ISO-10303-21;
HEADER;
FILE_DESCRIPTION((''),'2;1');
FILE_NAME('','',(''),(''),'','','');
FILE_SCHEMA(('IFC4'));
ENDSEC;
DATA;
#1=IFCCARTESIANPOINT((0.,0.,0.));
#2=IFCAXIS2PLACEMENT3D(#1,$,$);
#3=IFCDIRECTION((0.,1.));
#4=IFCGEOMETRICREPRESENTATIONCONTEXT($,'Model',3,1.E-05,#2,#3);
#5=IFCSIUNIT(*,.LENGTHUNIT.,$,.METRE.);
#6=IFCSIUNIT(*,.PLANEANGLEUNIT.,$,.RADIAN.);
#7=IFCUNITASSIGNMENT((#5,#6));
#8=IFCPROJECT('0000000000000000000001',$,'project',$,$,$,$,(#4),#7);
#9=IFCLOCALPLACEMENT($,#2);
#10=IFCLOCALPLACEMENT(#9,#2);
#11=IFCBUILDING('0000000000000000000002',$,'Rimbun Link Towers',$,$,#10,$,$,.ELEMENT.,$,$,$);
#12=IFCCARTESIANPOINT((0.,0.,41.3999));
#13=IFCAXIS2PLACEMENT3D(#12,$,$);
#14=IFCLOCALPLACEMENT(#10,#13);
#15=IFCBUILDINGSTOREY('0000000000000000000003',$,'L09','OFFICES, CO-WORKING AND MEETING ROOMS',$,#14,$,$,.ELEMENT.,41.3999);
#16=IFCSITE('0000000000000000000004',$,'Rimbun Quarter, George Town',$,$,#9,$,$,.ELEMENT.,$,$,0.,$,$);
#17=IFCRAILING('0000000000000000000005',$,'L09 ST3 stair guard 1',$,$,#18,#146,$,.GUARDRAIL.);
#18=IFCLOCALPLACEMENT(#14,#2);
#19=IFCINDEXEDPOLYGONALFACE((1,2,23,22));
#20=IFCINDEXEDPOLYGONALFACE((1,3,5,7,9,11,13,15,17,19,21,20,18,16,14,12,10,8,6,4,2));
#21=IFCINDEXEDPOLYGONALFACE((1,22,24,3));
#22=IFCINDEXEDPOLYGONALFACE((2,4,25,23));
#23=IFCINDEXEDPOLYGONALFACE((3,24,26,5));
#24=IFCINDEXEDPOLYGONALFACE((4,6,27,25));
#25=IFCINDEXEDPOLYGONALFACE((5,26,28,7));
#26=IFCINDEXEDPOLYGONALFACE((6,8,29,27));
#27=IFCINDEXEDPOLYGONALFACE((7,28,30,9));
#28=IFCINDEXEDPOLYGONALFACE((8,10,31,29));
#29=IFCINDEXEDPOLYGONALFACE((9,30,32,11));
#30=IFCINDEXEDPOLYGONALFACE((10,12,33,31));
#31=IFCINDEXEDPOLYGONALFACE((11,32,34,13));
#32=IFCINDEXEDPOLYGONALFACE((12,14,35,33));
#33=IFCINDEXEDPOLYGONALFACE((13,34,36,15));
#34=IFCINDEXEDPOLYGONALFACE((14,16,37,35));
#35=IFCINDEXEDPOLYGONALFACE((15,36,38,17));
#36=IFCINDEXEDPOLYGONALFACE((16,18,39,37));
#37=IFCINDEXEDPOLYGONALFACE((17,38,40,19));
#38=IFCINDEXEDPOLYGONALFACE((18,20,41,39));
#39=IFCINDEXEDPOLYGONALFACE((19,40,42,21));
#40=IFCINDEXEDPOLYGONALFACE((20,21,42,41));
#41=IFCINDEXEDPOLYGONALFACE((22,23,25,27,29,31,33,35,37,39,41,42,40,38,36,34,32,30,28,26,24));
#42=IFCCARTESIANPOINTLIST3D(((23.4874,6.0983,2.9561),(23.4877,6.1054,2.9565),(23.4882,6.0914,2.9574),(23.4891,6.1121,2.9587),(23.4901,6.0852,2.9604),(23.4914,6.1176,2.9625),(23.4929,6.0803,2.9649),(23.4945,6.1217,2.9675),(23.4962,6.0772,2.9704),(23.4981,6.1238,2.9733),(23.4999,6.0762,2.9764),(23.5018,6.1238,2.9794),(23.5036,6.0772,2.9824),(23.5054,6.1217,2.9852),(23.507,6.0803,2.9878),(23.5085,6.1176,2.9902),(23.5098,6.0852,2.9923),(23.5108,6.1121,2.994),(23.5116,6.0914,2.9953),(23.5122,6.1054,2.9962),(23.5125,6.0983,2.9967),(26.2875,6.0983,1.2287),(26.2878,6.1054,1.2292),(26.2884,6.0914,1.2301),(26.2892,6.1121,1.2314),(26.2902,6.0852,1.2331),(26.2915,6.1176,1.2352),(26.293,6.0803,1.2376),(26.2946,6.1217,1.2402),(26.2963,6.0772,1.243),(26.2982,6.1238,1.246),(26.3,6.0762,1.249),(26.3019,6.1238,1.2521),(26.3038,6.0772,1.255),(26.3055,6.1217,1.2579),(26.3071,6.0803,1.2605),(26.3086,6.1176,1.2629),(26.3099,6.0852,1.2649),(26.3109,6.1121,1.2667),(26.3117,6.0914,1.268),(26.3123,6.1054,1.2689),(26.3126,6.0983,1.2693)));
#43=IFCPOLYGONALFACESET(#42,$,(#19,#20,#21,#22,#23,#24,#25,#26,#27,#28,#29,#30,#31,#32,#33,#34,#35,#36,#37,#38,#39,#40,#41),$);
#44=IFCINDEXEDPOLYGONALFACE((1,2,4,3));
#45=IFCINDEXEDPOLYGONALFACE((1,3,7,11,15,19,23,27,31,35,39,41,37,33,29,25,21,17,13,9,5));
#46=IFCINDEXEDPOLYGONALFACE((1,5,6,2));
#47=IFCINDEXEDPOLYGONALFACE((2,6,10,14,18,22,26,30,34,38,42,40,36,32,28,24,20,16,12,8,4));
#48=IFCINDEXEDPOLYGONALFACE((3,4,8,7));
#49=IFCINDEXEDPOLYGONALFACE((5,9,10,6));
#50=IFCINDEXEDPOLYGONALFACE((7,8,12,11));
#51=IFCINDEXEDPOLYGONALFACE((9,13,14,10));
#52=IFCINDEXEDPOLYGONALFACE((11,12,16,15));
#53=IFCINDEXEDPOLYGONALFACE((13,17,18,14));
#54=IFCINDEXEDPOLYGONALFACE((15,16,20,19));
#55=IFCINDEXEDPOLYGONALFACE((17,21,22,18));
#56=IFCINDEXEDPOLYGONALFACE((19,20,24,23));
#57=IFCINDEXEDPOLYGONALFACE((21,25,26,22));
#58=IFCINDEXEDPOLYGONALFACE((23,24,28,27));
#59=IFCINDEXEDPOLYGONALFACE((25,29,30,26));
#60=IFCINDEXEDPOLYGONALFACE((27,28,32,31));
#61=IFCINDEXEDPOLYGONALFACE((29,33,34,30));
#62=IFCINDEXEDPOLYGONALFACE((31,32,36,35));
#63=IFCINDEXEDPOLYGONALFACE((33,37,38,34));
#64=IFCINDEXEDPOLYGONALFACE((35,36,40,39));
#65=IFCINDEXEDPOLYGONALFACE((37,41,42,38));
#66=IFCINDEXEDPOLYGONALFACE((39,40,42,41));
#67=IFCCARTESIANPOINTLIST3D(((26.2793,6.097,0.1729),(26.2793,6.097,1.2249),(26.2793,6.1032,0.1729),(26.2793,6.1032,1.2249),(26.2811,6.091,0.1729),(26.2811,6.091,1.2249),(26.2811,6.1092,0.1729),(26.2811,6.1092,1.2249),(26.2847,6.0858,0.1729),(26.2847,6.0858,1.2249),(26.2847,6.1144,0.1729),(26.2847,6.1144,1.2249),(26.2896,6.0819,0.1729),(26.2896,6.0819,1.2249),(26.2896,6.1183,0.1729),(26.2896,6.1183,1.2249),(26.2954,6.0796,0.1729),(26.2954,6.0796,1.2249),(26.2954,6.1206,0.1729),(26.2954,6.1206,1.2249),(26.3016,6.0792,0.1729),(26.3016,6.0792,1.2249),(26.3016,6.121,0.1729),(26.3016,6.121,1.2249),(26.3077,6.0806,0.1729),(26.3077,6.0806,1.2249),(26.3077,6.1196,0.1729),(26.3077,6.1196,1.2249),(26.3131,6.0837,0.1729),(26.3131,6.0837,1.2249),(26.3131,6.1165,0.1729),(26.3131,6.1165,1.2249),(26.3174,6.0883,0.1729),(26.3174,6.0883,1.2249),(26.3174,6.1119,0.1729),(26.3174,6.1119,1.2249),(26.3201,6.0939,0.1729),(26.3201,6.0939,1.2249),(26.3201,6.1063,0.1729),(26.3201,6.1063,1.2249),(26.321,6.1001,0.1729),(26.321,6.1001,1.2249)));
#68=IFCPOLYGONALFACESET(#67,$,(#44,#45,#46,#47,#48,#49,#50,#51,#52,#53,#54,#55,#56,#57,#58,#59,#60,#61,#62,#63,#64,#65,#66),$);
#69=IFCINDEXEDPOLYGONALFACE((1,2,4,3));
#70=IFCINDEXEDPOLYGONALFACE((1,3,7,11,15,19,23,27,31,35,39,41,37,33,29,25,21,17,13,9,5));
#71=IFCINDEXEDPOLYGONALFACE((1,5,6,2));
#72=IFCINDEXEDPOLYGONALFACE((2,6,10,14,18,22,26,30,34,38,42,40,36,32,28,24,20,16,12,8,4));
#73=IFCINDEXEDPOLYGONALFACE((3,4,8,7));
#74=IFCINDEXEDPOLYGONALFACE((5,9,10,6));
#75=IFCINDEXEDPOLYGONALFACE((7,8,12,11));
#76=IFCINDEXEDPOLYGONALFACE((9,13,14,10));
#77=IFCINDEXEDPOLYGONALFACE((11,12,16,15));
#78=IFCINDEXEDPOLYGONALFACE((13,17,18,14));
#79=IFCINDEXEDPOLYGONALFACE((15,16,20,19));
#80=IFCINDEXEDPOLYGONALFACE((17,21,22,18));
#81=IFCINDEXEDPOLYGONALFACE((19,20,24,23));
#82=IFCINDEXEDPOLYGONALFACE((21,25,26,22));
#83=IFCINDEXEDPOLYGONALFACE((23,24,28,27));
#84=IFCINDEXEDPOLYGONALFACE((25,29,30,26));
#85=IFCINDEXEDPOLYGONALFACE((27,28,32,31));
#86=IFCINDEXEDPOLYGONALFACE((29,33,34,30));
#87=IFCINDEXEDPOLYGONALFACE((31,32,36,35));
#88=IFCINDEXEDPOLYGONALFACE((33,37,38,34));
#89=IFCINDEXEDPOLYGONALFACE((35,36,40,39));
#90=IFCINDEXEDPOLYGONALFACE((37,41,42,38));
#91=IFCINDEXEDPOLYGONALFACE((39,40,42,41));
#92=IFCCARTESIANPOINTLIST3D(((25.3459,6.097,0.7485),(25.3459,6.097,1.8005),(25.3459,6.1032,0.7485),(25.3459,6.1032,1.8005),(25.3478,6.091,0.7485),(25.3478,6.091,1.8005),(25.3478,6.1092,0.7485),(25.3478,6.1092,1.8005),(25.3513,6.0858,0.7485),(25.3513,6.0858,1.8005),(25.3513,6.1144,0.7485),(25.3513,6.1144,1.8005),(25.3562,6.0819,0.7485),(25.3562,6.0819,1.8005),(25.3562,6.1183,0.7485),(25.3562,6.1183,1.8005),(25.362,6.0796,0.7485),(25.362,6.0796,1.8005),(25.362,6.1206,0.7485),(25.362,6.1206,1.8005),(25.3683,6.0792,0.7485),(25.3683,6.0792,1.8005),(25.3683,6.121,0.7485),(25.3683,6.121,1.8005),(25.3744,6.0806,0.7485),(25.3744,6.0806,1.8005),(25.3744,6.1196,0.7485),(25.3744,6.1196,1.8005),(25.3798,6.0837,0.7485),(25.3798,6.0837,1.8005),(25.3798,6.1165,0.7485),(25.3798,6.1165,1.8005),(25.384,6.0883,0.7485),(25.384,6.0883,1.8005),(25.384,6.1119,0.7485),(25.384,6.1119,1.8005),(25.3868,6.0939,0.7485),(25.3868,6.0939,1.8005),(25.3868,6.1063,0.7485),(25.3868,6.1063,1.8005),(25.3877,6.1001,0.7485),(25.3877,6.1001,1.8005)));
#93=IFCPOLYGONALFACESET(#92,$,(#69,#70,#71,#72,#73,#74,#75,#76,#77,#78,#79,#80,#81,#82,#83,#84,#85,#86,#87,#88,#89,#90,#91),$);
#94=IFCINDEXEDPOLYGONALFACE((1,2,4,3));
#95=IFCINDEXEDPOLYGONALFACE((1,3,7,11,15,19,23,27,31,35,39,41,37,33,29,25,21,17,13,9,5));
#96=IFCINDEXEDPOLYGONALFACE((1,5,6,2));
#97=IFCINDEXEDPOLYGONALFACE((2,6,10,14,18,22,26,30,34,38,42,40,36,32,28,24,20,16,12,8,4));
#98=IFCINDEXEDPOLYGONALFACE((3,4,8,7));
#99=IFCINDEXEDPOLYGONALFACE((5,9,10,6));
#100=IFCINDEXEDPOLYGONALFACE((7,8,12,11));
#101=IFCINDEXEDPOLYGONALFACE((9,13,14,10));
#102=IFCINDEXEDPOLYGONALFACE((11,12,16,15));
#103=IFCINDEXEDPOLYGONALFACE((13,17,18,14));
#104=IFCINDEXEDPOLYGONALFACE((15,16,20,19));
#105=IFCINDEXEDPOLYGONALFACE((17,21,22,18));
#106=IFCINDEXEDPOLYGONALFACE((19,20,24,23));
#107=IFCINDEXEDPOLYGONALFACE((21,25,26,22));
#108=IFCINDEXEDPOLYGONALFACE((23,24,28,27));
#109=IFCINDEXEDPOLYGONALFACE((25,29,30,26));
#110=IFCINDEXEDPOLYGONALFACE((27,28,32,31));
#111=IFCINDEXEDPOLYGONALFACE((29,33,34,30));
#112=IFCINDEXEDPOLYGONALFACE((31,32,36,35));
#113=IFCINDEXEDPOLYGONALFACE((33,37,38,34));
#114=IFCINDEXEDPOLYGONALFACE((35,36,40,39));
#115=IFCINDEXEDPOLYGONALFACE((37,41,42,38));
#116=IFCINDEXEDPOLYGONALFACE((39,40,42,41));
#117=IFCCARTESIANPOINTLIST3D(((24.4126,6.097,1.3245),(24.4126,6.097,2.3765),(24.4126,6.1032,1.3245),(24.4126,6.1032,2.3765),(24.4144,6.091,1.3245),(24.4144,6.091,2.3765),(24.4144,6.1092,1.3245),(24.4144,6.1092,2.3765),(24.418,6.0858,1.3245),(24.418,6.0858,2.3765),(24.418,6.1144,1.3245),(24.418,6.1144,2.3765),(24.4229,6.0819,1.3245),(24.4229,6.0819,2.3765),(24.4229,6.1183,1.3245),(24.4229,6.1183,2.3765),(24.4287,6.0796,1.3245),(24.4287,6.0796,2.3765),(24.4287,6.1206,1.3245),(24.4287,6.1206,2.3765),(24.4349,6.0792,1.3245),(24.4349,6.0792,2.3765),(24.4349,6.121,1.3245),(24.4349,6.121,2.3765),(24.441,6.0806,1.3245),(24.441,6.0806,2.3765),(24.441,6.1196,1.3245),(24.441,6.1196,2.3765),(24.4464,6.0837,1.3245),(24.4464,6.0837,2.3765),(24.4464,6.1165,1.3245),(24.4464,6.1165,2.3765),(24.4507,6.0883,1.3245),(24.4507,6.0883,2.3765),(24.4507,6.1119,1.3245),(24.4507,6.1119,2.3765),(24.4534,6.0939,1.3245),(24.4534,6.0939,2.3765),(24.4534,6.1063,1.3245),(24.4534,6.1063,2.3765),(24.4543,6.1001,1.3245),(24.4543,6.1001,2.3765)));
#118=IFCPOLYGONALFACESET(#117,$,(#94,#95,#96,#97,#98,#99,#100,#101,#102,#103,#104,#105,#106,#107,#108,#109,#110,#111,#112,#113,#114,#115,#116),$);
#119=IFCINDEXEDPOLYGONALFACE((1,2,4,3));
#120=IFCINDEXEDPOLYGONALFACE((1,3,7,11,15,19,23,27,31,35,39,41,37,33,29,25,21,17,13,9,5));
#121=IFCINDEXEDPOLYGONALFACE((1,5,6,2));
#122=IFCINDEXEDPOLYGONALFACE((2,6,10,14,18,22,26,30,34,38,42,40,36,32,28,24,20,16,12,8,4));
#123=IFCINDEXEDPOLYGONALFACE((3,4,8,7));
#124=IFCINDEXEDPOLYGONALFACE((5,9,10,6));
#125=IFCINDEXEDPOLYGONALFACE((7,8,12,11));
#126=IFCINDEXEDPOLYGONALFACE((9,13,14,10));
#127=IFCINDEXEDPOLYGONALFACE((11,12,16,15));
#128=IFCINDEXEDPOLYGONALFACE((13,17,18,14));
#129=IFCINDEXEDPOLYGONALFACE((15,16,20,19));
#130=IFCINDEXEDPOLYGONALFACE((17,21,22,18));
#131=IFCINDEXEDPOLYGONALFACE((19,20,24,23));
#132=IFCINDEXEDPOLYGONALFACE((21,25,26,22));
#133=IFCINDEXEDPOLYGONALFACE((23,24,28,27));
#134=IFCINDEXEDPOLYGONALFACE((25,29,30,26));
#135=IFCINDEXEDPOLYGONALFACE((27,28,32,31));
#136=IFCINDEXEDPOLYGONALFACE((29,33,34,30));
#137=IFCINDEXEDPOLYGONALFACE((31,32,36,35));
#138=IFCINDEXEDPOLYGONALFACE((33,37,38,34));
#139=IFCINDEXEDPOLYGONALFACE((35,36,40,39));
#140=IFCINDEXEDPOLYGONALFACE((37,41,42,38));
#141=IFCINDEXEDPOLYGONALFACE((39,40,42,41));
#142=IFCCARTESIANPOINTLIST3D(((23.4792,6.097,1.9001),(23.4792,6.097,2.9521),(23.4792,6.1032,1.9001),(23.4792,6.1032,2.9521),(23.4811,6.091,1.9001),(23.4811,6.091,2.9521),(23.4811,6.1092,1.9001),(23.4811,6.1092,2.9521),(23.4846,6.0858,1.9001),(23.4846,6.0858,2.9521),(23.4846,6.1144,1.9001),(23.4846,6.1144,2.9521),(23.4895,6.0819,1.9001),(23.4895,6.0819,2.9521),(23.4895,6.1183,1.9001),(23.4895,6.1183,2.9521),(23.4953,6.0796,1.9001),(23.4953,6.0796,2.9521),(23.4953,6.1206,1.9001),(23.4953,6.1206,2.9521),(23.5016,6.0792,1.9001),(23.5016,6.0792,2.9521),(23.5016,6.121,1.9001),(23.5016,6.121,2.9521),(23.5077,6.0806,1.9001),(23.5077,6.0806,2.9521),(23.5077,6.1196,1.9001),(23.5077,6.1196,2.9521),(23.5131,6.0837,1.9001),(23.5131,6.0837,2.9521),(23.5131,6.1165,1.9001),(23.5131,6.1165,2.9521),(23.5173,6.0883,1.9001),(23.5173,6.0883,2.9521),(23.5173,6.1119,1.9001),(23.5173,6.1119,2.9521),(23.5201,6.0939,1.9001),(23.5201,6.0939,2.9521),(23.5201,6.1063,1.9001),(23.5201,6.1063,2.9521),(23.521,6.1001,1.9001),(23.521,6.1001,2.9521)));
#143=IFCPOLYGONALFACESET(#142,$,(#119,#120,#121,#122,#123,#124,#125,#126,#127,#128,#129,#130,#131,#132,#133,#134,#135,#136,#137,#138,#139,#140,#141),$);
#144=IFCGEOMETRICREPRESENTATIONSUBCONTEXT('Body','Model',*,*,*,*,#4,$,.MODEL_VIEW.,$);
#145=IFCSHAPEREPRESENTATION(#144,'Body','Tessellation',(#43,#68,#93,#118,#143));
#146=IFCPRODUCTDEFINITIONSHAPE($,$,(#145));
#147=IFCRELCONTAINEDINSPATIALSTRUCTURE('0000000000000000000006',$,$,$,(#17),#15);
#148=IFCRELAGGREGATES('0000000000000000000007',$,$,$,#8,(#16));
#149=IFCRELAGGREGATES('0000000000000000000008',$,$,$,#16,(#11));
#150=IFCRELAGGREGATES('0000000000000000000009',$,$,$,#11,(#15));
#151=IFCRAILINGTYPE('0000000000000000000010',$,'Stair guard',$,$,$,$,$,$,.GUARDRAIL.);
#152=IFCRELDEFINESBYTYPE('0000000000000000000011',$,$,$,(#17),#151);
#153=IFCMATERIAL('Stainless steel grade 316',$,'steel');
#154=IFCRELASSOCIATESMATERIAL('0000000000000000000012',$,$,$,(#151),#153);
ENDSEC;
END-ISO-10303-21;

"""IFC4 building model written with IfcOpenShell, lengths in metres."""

from ifc_helpers import new_model, si_unit, direction, frame, origin, origin_2d, place, context, subcontext, project, spatial, circle, extrude, material, type_object, element, save


model = new_model("IFC4")

# Units and contexts
model_context = context("Model", 3, precision=1e-05, world=origin(), true_north=direction((0.0, 1.0)))
body_context = subcontext(model_context, "Body", "Model", "MODEL_VIEW")
ifc_project = project(units=[si_unit("LENGTHUNIT", "METRE"), si_unit("PLANEANGLEUNIT", "RADIAN")], contexts=[model_context])

# Site, building, storey
site_placement = place(None, origin())
site = spatial("IfcSite", under=ifc_project, at=site_placement, Name="Rimbun Quarter, George Town", CompositionType="ELEMENT", RefElevation=0.0)
building_placement = place(site_placement, origin())
building = spatial("IfcBuilding", under=site, at=building_placement, Name="Rimbun Link Towers", CompositionType="ELEMENT")
storey_placement = place(building_placement, frame((0.0, 0.0, 41.3999)))
storey = spatial("IfcBuildingStorey", under=building, at=storey_placement, Name="L09", Description="OFFICES, CO-WORKING AND MEETING ROOMS", CompositionType="ELEMENT", Elevation=41.3999)

# Railing
ifc_material_1 = material(Name="Stainless steel grade 316", Category="steel")
railing_type_1 = type_object("IfcRailingType", Name="Stair guard", PredefinedType="GUARDRAIL", material=ifc_material_1)
railing_1_placement = place(storey_placement, frame((26.3, 6.1001, 0.1729)))
element("IfcRailing", 1, at=railing_1_placement, inside=storey, type_object=railing_type_1, Name="L09 ST3 stair guard 1", PredefinedType="GUARDRAIL", context=body_context, shape_type="SweptSolid", body=[
    extrude(circle(Radius=0.0239, at=origin_2d()), frame((0.0, 0.0, 1.0762), z_axis=(-0.85109, 0.0, 0.52502), x_axis=(0.0, -1.0, 0.0)), (0.0, 0.0, 1.0), 3.29),
    extrude(circle(Radius=0.021, at=origin_2d()), origin(), (0.0, 0.0, 1.0), 1.052),
    extrude(circle(Radius=0.021, at=origin_2d()), frame((-0.9333, 0.0, 0.5757)), (0.0, 0.0, 1.0), 1.052),
    extrude(circle(Radius=0.021, at=origin_2d()), frame((-1.8667, 0.0, 1.1516)), (0.0, 0.0, 1.0), 1.052),
    extrude(circle(Radius=0.021, at=origin_2d()), frame((-2.8, 0.0, 1.7273)), (0.0, 0.0, 1.0), 1.052),
])

save(model, "model.ifc")
